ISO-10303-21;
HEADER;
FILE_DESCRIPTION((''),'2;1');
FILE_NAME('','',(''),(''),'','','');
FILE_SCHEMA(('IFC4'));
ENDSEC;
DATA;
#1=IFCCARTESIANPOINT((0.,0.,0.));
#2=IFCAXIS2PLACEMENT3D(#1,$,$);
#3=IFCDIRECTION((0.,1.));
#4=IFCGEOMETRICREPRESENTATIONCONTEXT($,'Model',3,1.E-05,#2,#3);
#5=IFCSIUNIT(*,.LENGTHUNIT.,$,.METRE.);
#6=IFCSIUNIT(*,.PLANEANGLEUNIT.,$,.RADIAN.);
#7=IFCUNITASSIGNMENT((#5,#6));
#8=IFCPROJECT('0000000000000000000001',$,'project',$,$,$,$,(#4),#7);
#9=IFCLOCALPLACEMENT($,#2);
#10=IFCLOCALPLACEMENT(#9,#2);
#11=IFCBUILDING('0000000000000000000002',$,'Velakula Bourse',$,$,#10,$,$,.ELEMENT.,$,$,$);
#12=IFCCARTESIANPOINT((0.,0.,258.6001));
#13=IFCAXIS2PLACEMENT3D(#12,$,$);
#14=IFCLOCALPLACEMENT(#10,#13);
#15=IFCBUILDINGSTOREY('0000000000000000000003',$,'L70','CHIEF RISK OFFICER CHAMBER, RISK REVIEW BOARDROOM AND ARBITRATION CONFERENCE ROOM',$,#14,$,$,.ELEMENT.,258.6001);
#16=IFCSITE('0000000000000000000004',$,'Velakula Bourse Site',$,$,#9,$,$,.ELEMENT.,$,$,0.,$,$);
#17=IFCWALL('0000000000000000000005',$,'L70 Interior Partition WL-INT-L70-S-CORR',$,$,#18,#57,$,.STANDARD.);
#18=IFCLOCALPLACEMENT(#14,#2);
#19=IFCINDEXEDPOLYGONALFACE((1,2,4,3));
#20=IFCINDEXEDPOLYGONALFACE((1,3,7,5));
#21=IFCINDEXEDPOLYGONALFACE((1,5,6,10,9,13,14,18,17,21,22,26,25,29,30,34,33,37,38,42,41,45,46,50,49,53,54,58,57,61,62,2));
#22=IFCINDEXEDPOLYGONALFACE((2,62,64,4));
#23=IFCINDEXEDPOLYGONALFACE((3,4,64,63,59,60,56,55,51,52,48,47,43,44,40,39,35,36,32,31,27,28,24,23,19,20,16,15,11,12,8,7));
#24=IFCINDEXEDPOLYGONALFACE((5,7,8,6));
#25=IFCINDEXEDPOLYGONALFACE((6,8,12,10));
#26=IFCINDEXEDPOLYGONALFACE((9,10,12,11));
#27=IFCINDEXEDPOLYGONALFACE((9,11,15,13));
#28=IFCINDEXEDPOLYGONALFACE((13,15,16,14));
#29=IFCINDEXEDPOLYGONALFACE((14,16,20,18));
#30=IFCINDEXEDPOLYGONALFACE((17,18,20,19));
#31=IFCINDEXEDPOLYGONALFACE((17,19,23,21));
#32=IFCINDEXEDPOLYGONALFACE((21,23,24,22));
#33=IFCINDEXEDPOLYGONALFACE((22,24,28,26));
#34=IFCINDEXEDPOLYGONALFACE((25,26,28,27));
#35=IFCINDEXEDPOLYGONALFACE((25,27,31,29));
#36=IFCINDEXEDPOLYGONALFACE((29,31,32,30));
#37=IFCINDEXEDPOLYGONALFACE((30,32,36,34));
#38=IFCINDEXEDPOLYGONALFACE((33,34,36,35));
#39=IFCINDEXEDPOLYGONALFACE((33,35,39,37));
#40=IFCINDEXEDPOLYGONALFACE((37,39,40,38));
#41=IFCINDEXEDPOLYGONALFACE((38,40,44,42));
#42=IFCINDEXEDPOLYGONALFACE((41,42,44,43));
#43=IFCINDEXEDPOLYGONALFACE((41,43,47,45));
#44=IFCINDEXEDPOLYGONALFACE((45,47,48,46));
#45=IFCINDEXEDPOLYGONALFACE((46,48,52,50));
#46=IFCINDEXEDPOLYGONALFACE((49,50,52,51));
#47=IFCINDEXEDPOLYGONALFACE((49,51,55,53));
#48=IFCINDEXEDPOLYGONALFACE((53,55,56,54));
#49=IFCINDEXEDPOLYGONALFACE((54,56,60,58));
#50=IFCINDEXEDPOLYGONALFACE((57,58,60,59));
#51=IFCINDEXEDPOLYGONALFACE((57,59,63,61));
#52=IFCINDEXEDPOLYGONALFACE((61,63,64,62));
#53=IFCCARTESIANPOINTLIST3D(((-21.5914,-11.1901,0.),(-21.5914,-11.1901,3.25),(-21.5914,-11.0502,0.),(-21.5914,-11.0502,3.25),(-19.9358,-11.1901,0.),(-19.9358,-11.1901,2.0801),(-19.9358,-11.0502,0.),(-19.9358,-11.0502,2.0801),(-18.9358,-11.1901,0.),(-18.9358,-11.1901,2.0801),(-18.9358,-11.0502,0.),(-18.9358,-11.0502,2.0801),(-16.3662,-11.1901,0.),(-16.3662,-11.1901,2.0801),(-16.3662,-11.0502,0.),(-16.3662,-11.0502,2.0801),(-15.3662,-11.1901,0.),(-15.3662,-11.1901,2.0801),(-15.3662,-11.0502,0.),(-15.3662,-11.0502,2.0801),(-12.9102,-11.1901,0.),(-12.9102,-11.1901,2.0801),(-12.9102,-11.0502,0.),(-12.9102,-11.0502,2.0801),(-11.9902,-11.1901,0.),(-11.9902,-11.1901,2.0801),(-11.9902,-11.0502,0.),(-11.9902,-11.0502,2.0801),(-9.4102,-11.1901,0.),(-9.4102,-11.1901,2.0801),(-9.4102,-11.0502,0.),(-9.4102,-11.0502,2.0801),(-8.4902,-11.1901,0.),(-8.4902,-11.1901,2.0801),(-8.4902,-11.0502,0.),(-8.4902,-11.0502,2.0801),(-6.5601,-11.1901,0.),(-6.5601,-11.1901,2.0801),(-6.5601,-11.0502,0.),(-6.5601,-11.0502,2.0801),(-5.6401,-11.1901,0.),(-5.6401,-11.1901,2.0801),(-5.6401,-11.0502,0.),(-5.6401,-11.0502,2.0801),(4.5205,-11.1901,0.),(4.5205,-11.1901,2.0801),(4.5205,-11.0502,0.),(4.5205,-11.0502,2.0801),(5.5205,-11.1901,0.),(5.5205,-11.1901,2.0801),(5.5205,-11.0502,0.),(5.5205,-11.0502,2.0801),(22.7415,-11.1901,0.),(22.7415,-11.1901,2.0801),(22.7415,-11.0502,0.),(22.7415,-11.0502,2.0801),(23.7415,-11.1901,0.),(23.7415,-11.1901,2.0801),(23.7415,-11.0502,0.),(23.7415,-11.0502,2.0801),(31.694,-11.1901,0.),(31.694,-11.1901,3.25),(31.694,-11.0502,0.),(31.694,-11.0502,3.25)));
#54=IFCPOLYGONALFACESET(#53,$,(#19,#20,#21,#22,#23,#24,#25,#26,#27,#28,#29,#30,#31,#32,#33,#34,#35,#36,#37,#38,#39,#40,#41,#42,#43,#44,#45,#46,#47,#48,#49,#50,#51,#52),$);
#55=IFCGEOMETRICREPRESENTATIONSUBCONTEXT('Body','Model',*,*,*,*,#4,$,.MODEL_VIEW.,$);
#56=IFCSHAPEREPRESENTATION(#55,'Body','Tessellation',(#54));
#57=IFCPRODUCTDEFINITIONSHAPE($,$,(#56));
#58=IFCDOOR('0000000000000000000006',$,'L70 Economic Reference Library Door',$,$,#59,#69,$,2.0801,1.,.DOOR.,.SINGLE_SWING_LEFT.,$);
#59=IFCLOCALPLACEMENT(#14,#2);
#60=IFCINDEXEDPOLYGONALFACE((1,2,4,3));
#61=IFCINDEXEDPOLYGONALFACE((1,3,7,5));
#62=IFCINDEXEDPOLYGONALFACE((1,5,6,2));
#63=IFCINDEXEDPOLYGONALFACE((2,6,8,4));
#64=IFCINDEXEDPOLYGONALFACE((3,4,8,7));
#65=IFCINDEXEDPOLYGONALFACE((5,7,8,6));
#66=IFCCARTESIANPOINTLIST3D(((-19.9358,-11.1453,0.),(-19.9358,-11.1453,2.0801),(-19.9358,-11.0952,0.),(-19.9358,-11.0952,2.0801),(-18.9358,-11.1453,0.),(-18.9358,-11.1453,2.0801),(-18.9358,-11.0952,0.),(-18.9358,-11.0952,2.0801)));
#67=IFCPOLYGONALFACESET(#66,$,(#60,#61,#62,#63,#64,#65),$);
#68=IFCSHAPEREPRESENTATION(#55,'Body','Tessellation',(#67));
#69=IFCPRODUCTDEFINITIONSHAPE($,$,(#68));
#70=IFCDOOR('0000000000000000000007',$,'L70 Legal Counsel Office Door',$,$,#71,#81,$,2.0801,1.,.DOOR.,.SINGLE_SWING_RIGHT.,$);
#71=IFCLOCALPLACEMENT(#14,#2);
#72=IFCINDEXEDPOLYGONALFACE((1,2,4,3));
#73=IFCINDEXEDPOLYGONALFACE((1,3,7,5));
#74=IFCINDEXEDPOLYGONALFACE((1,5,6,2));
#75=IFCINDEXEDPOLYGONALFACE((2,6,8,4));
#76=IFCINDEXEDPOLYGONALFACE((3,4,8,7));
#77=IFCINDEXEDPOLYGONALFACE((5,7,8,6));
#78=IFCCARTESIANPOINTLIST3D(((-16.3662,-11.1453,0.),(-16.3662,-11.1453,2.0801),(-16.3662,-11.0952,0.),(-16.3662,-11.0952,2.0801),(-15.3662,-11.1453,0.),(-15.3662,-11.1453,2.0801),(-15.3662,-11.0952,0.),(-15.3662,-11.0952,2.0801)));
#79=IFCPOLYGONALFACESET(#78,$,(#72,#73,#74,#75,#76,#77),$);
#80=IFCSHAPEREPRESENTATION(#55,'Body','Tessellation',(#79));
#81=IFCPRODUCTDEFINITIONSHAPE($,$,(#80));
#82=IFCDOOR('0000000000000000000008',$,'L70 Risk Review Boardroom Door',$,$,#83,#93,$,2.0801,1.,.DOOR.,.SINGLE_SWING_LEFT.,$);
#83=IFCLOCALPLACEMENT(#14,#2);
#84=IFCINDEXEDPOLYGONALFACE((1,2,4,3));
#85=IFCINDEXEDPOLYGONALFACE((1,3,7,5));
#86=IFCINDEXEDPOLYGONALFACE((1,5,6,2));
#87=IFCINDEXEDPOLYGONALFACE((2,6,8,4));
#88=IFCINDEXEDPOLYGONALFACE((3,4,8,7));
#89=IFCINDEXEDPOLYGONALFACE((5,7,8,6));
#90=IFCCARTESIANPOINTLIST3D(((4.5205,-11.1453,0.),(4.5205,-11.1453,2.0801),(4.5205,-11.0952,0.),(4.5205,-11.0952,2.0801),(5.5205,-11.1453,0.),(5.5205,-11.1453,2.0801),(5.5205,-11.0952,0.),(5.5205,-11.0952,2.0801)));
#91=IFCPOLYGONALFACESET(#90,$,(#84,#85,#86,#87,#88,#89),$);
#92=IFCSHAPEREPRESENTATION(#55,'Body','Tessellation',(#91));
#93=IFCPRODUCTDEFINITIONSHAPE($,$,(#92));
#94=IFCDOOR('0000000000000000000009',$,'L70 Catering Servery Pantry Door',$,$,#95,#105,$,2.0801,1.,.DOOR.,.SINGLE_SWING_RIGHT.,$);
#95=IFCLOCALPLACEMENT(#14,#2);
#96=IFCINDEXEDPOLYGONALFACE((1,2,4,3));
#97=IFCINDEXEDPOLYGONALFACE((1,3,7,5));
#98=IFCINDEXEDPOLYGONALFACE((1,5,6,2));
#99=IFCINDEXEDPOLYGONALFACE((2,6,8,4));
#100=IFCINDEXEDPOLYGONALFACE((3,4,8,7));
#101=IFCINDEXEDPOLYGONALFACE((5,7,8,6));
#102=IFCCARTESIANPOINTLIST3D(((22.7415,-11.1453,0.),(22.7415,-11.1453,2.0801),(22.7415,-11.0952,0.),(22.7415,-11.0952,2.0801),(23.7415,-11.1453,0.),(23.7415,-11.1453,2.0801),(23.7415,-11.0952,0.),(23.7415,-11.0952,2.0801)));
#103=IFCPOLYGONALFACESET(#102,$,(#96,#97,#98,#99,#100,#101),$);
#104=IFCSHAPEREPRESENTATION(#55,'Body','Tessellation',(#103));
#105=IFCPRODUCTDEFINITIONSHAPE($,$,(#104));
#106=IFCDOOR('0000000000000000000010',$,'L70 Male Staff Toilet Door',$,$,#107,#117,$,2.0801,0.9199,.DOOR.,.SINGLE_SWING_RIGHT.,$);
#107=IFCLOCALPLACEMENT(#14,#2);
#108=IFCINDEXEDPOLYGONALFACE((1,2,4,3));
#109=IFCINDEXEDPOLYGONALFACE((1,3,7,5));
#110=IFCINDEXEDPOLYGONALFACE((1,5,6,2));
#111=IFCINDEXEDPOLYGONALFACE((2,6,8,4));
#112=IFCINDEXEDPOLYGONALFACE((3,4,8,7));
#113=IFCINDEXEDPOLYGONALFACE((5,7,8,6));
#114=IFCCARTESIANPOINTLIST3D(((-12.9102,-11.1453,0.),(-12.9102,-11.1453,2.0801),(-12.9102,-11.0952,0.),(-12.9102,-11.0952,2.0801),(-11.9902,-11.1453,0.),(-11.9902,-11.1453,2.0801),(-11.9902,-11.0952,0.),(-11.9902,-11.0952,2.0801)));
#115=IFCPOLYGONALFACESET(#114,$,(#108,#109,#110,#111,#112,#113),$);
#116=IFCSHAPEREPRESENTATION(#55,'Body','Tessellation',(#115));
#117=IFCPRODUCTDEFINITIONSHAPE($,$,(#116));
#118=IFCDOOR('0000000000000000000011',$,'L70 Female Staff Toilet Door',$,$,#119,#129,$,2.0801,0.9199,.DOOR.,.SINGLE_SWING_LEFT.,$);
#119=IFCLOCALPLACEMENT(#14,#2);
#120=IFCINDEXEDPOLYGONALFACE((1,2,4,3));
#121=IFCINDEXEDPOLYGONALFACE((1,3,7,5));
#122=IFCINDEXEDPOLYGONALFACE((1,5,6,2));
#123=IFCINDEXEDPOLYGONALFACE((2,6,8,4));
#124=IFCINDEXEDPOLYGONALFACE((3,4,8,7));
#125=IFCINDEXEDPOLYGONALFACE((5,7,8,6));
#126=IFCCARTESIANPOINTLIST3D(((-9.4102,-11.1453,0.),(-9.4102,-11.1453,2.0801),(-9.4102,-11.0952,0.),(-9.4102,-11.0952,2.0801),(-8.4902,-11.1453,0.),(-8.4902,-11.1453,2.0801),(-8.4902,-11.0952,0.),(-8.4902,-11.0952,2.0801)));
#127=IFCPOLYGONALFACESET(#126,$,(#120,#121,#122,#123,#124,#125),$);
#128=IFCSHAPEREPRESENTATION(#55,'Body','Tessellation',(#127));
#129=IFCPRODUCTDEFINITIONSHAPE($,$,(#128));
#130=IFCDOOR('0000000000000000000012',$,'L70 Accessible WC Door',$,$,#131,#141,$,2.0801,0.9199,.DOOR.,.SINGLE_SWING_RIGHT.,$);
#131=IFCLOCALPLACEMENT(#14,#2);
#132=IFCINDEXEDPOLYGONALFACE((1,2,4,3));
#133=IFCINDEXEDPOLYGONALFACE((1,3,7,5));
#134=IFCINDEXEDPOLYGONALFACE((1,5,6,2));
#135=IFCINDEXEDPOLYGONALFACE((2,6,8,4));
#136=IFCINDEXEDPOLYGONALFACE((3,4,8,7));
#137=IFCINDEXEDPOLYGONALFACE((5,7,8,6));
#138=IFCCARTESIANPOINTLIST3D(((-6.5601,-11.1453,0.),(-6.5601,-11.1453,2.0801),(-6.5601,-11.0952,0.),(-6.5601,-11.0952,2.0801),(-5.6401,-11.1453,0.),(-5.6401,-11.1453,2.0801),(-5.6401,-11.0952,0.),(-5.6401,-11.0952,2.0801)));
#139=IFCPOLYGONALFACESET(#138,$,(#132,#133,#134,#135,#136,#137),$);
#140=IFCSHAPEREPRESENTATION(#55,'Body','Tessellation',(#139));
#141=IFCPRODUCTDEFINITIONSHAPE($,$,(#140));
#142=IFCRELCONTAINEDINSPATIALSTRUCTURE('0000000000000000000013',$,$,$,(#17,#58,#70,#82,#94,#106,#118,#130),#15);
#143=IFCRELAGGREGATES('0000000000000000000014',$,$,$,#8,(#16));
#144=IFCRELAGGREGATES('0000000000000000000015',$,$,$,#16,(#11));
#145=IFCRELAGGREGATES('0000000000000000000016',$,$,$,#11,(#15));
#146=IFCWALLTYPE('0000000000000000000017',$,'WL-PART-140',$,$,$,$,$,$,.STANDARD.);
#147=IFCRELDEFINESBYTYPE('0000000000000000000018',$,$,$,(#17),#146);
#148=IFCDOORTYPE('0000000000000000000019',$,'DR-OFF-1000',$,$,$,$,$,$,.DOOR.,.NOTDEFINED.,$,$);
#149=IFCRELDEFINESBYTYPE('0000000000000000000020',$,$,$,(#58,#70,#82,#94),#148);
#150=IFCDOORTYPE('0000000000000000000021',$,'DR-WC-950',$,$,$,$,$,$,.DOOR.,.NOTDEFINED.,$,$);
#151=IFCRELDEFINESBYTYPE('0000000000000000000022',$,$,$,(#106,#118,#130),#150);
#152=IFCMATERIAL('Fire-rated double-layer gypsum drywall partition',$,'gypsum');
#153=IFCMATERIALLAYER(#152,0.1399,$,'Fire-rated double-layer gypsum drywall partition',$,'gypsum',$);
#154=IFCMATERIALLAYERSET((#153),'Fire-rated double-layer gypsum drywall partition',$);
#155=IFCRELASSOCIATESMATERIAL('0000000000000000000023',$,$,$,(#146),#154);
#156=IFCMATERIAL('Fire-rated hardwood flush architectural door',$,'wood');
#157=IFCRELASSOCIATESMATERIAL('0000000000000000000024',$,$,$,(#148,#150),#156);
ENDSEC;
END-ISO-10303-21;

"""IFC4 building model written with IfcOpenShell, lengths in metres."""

from ifc_helpers import new_model, si_unit, direction, frame, frame_2d, origin, place, context, subcontext, project, spatial, rectangle, extrude, material, layer, layer_set, type_object, element, fill, save


model = new_model("IFC4")

# Units and contexts
model_context = context("Model", 3, precision=1e-05, world=origin(), true_north=direction((0.0, 1.0)))
body_context = subcontext(model_context, "Body", "Model", "MODEL_VIEW")
ifc_project = project(units=[si_unit("LENGTHUNIT", "METRE"), si_unit("PLANEANGLEUNIT", "RADIAN")], contexts=[model_context])

# Site, building, storey
site_placement = place(None, origin())
site = spatial("IfcSite", under=ifc_project, at=site_placement, Name="Velakula Bourse Site", CompositionType="ELEMENT", RefElevation=0.0)
building_placement = place(site_placement, origin())
building = spatial("IfcBuilding", under=site, at=building_placement, Name="Velakula Bourse", CompositionType="ELEMENT")
storey_placement = place(building_placement, frame((0.0, 0.0, 258.6001)))
storey = spatial("IfcBuildingStorey", under=building, at=storey_placement, Name="L70", Description="CHIEF RISK OFFICER CHAMBER, RISK REVIEW BOARDROOM AND ARBITRATION CONFERENCE ROOM", CompositionType="ELEMENT", Elevation=258.6001)

# Wall, openings, doors
ifc_material_1 = material(Name="Fire-rated double-layer gypsum drywall partition", Category="gypsum")
ifc_layer_1 = layer(ifc_material_1, 0.1399, Name="Fire-rated double-layer gypsum drywall partition", Category="gypsum")
ifc_layer_set_1 = layer_set([ifc_layer_1], Name="Fire-rated double-layer gypsum drywall partition")
wall_type_1 = type_object("IfcWallType", Name="WL-PART-140", PredefinedType="STANDARD", material=ifc_layer_set_1)
wall_1_placement = place(storey_placement, frame((-21.5913, -11.1201, 0.0), z_axis=(0.0, 0.0, 1.0), x_axis=(1.0, 0.0, 0.0)))
wall_1 = element("IfcWall", 1, at=wall_1_placement, inside=storey, type_object=wall_type_1, Name="L70 Interior Partition WL-INT-L70-S-CORR", PredefinedType="STANDARD", context=body_context, shape_type="SweptSolid", body=[
    extrude(rectangle(XDim=53.2854, YDim=0.1399, at=frame_2d((26.6426, 0.0))), origin(), (0.0, 0.0, 1.0), 3.25),
])
opening_1_placement = place(wall_1_placement, frame((8.6812, 0.0, 0.0)))
opening_1 = element("IfcOpeningElement", 2, at=opening_1_placement, cuts=wall_1, PredefinedType="OPENING", context=body_context, shape_type="SweptSolid", body=[
    extrude(rectangle(XDim=0.9199, YDim=2.0801, at=frame_2d((0.46, 1.04))), frame((0.0, 0.0798, 0.0), z_axis=(0.0, -1.0, 0.0), x_axis=(1.0, 0.0, 0.0)), (0.0, 0.0, 1.0), 0.1599),
])
opening_2_placement = place(wall_1_placement, frame((12.1812, 0.0, 0.0)))
opening_2 = element("IfcOpeningElement", 3, at=opening_2_placement, cuts=wall_1, PredefinedType="OPENING", context=body_context, shape_type="SweptSolid", body=[
    extrude(rectangle(XDim=0.9199, YDim=2.0801, at=frame_2d((0.46, 1.04))), frame((0.0, 0.0798, 0.0), z_axis=(0.0, -1.0, 0.0), x_axis=(1.0, 0.0, 0.0)), (0.0, 0.0, 1.0), 0.1599),
])
opening_3_placement = place(wall_1_placement, frame((15.0312, 0.0, 0.0)))
opening_3 = element("IfcOpeningElement", 4, at=opening_3_placement, cuts=wall_1, PredefinedType="OPENING", context=body_context, shape_type="SweptSolid", body=[
    extrude(rectangle(XDim=0.9199, YDim=2.0801, at=frame_2d((0.46, 1.04))), frame((0.0, 0.0798, 0.0), z_axis=(0.0, -1.0, 0.0), x_axis=(1.0, 0.0, 0.0)), (0.0, 0.0, 1.0), 0.1599),
])
opening_4_placement = place(wall_1_placement, frame((1.6555, 0.0, 0.0)))
opening_4 = element("IfcOpeningElement", 5, at=opening_4_placement, cuts=wall_1, PredefinedType="OPENING", context=body_context, shape_type="SweptSolid", body=[
    extrude(rectangle(XDim=1.0, YDim=2.0801, at=frame_2d((0.5, 1.04))), frame((0.0, 0.0798, 0.0), z_axis=(0.0, -1.0, 0.0), x_axis=(1.0, 0.0, 0.0)), (0.0, 0.0, 1.0), 0.1599),
])
opening_5_placement = place(wall_1_placement, frame((5.2251, 0.0, 0.0)))
opening_5 = element("IfcOpeningElement", 6, at=opening_5_placement, cuts=wall_1, PredefinedType="OPENING", context=body_context, shape_type="SweptSolid", body=[
    extrude(rectangle(XDim=1.0, YDim=2.0801, at=frame_2d((0.5, 1.04))), frame((0.0, 0.0798, 0.0), z_axis=(0.0, -1.0, 0.0), x_axis=(1.0, 0.0, 0.0)), (0.0, 0.0, 1.0), 0.1599),
])
opening_6_placement = place(wall_1_placement, frame((26.1118, 0.0, 0.0)))
opening_6 = element("IfcOpeningElement", 7, at=opening_6_placement, cuts=wall_1, PredefinedType="OPENING", context=body_context, shape_type="SweptSolid", body=[
    extrude(rectangle(XDim=1.0, YDim=2.0801, at=frame_2d((0.5, 1.04))), frame((0.0, 0.0798, 0.0), z_axis=(0.0, -1.0, 0.0), x_axis=(1.0, 0.0, 0.0)), (0.0, 0.0, 1.0), 0.1599),
])
opening_7_placement = place(wall_1_placement, frame((44.3328, 0.0, 0.0)))
opening_7 = element("IfcOpeningElement", 8, at=opening_7_placement, cuts=wall_1, PredefinedType="OPENING", context=body_context, shape_type="SweptSolid", body=[
    extrude(rectangle(XDim=1.0, YDim=2.0801, at=frame_2d((0.5, 1.04))), frame((0.0, 0.0798, 0.0), z_axis=(0.0, -1.0, 0.0), x_axis=(1.0, 0.0, 0.0)), (0.0, 0.0, 1.0), 0.1599),
])
ifc_material_2 = material(Name="Fire-rated hardwood flush architectural door", Category="wood")
door_type_1 = type_object("IfcDoorType", Name="DR-OFF-1000", OperationType="NOTDEFINED", PredefinedType="DOOR", material=ifc_material_2)
door_1_placement = place(opening_4_placement, origin())
door_1 = element("IfcDoor", 9, at=door_1_placement, inside=storey, type_object=door_type_1, Name="L70 Economic Reference Library Door", OperationType="SINGLE_SWING_LEFT", OverallHeight=2.0801, OverallWidth=1.0, PredefinedType="DOOR", context=body_context, shape_type="SweptSolid", body=[
    extrude(rectangle(XDim=1.0, YDim=2.0801, at=frame_2d((0.5, 1.04))), frame((0.0, 0.0249, 0.0), z_axis=(0.0, -1.0, 0.0), x_axis=(1.0, 0.0, 0.0)), (0.0, 0.0, 1.0), 0.05),
])
fill(opening_4, door_1)
door_2_placement = place(opening_5_placement, origin())
door_2 = element("IfcDoor", 10, at=door_2_placement, inside=storey, type_object=door_type_1, Name="L70 Legal Counsel Office Door", OperationType="SINGLE_SWING_RIGHT", OverallHeight=2.0801, OverallWidth=1.0, PredefinedType="DOOR", context=body_context, shape_type="SweptSolid", body=[
    extrude(rectangle(XDim=1.0, YDim=2.0801, at=frame_2d((0.5, 1.04))), frame((0.0, 0.0249, 0.0), z_axis=(0.0, -1.0, 0.0), x_axis=(1.0, 0.0, 0.0)), (0.0, 0.0, 1.0), 0.05),
])
fill(opening_5, door_2)
door_3_placement = place(opening_6_placement, origin())
door_3 = element("IfcDoor", 11, at=door_3_placement, inside=storey, type_object=door_type_1, Name="L70 Risk Review Boardroom Door", OperationType="SINGLE_SWING_LEFT", OverallHeight=2.0801, OverallWidth=1.0, PredefinedType="DOOR", context=body_context, shape_type="SweptSolid", body=[
    extrude(rectangle(XDim=1.0, YDim=2.0801, at=frame_2d((0.5, 1.04))), frame((0.0, 0.0249, 0.0), z_axis=(0.0, -1.0, 0.0), x_axis=(1.0, 0.0, 0.0)), (0.0, 0.0, 1.0), 0.05),
])
fill(opening_6, door_3)
door_4_placement = place(opening_7_placement, origin())
door_4 = element("IfcDoor", 12, at=door_4_placement, inside=storey, type_object=door_type_1, Name="L70 Catering Servery Pantry Door", OperationType="SINGLE_SWING_RIGHT", OverallHeight=2.0801, OverallWidth=1.0, PredefinedType="DOOR", context=body_context, shape_type="SweptSolid", body=[
    extrude(rectangle(XDim=1.0, YDim=2.0801, at=frame_2d((0.5, 1.04))), frame((0.0, 0.0249, 0.0), z_axis=(0.0, -1.0, 0.0), x_axis=(1.0, 0.0, 0.0)), (0.0, 0.0, 1.0), 0.05),
])
fill(opening_7, door_4)
door_type_2 = type_object("IfcDoorType", Name="DR-WC-950", OperationType="NOTDEFINED", PredefinedType="DOOR", material=ifc_material_2)
door_5_placement = place(opening_1_placement, origin())
door_5 = element("IfcDoor", 13, at=door_5_placement, inside=storey, type_object=door_type_2, Name="L70 Male Staff Toilet Door", OperationType="SINGLE_SWING_RIGHT", OverallHeight=2.0801, OverallWidth=0.9199, PredefinedType="DOOR", context=body_context, shape_type="SweptSolid", body=[
    extrude(rectangle(XDim=0.9199, YDim=2.0801, at=frame_2d((0.46, 1.04))), frame((0.0, 0.0249, 0.0), z_axis=(0.0, -1.0, 0.0), x_axis=(1.0, 0.0, 0.0)), (0.0, 0.0, 1.0), 0.05),
])
fill(opening_1, door_5)
door_6_placement = place(opening_2_placement, origin())
door_6 = element("IfcDoor", 14, at=door_6_placement, inside=storey, type_object=door_type_2, Name="L70 Female Staff Toilet Door", OperationType="SINGLE_SWING_LEFT", OverallHeight=2.0801, OverallWidth=0.9199, PredefinedType="DOOR", context=body_context, shape_type="SweptSolid", body=[
    extrude(rectangle(XDim=0.9199, YDim=2.0801, at=frame_2d((0.46, 1.04))), frame((0.0, 0.0249, 0.0), z_axis=(0.0, -1.0, 0.0), x_axis=(1.0, 0.0, 0.0)), (0.0, 0.0, 1.0), 0.05),
])
fill(opening_2, door_6)
door_7_placement = place(opening_3_placement, origin())
door_7 = element("IfcDoor", 15, at=door_7_placement, inside=storey, type_object=door_type_2, Name="L70 Accessible WC Door", OperationType="SINGLE_SWING_RIGHT", OverallHeight=2.0801, OverallWidth=0.9199, PredefinedType="DOOR", context=body_context, shape_type="SweptSolid", body=[
    extrude(rectangle(XDim=0.9199, YDim=2.0801, at=frame_2d((0.46, 1.04))), frame((0.0, 0.0249, 0.0), z_axis=(0.0, -1.0, 0.0), x_axis=(1.0, 0.0, 0.0)), (0.0, 0.0, 1.0), 0.05),
])
fill(opening_3, door_7)

save(model, "model.ifc")
